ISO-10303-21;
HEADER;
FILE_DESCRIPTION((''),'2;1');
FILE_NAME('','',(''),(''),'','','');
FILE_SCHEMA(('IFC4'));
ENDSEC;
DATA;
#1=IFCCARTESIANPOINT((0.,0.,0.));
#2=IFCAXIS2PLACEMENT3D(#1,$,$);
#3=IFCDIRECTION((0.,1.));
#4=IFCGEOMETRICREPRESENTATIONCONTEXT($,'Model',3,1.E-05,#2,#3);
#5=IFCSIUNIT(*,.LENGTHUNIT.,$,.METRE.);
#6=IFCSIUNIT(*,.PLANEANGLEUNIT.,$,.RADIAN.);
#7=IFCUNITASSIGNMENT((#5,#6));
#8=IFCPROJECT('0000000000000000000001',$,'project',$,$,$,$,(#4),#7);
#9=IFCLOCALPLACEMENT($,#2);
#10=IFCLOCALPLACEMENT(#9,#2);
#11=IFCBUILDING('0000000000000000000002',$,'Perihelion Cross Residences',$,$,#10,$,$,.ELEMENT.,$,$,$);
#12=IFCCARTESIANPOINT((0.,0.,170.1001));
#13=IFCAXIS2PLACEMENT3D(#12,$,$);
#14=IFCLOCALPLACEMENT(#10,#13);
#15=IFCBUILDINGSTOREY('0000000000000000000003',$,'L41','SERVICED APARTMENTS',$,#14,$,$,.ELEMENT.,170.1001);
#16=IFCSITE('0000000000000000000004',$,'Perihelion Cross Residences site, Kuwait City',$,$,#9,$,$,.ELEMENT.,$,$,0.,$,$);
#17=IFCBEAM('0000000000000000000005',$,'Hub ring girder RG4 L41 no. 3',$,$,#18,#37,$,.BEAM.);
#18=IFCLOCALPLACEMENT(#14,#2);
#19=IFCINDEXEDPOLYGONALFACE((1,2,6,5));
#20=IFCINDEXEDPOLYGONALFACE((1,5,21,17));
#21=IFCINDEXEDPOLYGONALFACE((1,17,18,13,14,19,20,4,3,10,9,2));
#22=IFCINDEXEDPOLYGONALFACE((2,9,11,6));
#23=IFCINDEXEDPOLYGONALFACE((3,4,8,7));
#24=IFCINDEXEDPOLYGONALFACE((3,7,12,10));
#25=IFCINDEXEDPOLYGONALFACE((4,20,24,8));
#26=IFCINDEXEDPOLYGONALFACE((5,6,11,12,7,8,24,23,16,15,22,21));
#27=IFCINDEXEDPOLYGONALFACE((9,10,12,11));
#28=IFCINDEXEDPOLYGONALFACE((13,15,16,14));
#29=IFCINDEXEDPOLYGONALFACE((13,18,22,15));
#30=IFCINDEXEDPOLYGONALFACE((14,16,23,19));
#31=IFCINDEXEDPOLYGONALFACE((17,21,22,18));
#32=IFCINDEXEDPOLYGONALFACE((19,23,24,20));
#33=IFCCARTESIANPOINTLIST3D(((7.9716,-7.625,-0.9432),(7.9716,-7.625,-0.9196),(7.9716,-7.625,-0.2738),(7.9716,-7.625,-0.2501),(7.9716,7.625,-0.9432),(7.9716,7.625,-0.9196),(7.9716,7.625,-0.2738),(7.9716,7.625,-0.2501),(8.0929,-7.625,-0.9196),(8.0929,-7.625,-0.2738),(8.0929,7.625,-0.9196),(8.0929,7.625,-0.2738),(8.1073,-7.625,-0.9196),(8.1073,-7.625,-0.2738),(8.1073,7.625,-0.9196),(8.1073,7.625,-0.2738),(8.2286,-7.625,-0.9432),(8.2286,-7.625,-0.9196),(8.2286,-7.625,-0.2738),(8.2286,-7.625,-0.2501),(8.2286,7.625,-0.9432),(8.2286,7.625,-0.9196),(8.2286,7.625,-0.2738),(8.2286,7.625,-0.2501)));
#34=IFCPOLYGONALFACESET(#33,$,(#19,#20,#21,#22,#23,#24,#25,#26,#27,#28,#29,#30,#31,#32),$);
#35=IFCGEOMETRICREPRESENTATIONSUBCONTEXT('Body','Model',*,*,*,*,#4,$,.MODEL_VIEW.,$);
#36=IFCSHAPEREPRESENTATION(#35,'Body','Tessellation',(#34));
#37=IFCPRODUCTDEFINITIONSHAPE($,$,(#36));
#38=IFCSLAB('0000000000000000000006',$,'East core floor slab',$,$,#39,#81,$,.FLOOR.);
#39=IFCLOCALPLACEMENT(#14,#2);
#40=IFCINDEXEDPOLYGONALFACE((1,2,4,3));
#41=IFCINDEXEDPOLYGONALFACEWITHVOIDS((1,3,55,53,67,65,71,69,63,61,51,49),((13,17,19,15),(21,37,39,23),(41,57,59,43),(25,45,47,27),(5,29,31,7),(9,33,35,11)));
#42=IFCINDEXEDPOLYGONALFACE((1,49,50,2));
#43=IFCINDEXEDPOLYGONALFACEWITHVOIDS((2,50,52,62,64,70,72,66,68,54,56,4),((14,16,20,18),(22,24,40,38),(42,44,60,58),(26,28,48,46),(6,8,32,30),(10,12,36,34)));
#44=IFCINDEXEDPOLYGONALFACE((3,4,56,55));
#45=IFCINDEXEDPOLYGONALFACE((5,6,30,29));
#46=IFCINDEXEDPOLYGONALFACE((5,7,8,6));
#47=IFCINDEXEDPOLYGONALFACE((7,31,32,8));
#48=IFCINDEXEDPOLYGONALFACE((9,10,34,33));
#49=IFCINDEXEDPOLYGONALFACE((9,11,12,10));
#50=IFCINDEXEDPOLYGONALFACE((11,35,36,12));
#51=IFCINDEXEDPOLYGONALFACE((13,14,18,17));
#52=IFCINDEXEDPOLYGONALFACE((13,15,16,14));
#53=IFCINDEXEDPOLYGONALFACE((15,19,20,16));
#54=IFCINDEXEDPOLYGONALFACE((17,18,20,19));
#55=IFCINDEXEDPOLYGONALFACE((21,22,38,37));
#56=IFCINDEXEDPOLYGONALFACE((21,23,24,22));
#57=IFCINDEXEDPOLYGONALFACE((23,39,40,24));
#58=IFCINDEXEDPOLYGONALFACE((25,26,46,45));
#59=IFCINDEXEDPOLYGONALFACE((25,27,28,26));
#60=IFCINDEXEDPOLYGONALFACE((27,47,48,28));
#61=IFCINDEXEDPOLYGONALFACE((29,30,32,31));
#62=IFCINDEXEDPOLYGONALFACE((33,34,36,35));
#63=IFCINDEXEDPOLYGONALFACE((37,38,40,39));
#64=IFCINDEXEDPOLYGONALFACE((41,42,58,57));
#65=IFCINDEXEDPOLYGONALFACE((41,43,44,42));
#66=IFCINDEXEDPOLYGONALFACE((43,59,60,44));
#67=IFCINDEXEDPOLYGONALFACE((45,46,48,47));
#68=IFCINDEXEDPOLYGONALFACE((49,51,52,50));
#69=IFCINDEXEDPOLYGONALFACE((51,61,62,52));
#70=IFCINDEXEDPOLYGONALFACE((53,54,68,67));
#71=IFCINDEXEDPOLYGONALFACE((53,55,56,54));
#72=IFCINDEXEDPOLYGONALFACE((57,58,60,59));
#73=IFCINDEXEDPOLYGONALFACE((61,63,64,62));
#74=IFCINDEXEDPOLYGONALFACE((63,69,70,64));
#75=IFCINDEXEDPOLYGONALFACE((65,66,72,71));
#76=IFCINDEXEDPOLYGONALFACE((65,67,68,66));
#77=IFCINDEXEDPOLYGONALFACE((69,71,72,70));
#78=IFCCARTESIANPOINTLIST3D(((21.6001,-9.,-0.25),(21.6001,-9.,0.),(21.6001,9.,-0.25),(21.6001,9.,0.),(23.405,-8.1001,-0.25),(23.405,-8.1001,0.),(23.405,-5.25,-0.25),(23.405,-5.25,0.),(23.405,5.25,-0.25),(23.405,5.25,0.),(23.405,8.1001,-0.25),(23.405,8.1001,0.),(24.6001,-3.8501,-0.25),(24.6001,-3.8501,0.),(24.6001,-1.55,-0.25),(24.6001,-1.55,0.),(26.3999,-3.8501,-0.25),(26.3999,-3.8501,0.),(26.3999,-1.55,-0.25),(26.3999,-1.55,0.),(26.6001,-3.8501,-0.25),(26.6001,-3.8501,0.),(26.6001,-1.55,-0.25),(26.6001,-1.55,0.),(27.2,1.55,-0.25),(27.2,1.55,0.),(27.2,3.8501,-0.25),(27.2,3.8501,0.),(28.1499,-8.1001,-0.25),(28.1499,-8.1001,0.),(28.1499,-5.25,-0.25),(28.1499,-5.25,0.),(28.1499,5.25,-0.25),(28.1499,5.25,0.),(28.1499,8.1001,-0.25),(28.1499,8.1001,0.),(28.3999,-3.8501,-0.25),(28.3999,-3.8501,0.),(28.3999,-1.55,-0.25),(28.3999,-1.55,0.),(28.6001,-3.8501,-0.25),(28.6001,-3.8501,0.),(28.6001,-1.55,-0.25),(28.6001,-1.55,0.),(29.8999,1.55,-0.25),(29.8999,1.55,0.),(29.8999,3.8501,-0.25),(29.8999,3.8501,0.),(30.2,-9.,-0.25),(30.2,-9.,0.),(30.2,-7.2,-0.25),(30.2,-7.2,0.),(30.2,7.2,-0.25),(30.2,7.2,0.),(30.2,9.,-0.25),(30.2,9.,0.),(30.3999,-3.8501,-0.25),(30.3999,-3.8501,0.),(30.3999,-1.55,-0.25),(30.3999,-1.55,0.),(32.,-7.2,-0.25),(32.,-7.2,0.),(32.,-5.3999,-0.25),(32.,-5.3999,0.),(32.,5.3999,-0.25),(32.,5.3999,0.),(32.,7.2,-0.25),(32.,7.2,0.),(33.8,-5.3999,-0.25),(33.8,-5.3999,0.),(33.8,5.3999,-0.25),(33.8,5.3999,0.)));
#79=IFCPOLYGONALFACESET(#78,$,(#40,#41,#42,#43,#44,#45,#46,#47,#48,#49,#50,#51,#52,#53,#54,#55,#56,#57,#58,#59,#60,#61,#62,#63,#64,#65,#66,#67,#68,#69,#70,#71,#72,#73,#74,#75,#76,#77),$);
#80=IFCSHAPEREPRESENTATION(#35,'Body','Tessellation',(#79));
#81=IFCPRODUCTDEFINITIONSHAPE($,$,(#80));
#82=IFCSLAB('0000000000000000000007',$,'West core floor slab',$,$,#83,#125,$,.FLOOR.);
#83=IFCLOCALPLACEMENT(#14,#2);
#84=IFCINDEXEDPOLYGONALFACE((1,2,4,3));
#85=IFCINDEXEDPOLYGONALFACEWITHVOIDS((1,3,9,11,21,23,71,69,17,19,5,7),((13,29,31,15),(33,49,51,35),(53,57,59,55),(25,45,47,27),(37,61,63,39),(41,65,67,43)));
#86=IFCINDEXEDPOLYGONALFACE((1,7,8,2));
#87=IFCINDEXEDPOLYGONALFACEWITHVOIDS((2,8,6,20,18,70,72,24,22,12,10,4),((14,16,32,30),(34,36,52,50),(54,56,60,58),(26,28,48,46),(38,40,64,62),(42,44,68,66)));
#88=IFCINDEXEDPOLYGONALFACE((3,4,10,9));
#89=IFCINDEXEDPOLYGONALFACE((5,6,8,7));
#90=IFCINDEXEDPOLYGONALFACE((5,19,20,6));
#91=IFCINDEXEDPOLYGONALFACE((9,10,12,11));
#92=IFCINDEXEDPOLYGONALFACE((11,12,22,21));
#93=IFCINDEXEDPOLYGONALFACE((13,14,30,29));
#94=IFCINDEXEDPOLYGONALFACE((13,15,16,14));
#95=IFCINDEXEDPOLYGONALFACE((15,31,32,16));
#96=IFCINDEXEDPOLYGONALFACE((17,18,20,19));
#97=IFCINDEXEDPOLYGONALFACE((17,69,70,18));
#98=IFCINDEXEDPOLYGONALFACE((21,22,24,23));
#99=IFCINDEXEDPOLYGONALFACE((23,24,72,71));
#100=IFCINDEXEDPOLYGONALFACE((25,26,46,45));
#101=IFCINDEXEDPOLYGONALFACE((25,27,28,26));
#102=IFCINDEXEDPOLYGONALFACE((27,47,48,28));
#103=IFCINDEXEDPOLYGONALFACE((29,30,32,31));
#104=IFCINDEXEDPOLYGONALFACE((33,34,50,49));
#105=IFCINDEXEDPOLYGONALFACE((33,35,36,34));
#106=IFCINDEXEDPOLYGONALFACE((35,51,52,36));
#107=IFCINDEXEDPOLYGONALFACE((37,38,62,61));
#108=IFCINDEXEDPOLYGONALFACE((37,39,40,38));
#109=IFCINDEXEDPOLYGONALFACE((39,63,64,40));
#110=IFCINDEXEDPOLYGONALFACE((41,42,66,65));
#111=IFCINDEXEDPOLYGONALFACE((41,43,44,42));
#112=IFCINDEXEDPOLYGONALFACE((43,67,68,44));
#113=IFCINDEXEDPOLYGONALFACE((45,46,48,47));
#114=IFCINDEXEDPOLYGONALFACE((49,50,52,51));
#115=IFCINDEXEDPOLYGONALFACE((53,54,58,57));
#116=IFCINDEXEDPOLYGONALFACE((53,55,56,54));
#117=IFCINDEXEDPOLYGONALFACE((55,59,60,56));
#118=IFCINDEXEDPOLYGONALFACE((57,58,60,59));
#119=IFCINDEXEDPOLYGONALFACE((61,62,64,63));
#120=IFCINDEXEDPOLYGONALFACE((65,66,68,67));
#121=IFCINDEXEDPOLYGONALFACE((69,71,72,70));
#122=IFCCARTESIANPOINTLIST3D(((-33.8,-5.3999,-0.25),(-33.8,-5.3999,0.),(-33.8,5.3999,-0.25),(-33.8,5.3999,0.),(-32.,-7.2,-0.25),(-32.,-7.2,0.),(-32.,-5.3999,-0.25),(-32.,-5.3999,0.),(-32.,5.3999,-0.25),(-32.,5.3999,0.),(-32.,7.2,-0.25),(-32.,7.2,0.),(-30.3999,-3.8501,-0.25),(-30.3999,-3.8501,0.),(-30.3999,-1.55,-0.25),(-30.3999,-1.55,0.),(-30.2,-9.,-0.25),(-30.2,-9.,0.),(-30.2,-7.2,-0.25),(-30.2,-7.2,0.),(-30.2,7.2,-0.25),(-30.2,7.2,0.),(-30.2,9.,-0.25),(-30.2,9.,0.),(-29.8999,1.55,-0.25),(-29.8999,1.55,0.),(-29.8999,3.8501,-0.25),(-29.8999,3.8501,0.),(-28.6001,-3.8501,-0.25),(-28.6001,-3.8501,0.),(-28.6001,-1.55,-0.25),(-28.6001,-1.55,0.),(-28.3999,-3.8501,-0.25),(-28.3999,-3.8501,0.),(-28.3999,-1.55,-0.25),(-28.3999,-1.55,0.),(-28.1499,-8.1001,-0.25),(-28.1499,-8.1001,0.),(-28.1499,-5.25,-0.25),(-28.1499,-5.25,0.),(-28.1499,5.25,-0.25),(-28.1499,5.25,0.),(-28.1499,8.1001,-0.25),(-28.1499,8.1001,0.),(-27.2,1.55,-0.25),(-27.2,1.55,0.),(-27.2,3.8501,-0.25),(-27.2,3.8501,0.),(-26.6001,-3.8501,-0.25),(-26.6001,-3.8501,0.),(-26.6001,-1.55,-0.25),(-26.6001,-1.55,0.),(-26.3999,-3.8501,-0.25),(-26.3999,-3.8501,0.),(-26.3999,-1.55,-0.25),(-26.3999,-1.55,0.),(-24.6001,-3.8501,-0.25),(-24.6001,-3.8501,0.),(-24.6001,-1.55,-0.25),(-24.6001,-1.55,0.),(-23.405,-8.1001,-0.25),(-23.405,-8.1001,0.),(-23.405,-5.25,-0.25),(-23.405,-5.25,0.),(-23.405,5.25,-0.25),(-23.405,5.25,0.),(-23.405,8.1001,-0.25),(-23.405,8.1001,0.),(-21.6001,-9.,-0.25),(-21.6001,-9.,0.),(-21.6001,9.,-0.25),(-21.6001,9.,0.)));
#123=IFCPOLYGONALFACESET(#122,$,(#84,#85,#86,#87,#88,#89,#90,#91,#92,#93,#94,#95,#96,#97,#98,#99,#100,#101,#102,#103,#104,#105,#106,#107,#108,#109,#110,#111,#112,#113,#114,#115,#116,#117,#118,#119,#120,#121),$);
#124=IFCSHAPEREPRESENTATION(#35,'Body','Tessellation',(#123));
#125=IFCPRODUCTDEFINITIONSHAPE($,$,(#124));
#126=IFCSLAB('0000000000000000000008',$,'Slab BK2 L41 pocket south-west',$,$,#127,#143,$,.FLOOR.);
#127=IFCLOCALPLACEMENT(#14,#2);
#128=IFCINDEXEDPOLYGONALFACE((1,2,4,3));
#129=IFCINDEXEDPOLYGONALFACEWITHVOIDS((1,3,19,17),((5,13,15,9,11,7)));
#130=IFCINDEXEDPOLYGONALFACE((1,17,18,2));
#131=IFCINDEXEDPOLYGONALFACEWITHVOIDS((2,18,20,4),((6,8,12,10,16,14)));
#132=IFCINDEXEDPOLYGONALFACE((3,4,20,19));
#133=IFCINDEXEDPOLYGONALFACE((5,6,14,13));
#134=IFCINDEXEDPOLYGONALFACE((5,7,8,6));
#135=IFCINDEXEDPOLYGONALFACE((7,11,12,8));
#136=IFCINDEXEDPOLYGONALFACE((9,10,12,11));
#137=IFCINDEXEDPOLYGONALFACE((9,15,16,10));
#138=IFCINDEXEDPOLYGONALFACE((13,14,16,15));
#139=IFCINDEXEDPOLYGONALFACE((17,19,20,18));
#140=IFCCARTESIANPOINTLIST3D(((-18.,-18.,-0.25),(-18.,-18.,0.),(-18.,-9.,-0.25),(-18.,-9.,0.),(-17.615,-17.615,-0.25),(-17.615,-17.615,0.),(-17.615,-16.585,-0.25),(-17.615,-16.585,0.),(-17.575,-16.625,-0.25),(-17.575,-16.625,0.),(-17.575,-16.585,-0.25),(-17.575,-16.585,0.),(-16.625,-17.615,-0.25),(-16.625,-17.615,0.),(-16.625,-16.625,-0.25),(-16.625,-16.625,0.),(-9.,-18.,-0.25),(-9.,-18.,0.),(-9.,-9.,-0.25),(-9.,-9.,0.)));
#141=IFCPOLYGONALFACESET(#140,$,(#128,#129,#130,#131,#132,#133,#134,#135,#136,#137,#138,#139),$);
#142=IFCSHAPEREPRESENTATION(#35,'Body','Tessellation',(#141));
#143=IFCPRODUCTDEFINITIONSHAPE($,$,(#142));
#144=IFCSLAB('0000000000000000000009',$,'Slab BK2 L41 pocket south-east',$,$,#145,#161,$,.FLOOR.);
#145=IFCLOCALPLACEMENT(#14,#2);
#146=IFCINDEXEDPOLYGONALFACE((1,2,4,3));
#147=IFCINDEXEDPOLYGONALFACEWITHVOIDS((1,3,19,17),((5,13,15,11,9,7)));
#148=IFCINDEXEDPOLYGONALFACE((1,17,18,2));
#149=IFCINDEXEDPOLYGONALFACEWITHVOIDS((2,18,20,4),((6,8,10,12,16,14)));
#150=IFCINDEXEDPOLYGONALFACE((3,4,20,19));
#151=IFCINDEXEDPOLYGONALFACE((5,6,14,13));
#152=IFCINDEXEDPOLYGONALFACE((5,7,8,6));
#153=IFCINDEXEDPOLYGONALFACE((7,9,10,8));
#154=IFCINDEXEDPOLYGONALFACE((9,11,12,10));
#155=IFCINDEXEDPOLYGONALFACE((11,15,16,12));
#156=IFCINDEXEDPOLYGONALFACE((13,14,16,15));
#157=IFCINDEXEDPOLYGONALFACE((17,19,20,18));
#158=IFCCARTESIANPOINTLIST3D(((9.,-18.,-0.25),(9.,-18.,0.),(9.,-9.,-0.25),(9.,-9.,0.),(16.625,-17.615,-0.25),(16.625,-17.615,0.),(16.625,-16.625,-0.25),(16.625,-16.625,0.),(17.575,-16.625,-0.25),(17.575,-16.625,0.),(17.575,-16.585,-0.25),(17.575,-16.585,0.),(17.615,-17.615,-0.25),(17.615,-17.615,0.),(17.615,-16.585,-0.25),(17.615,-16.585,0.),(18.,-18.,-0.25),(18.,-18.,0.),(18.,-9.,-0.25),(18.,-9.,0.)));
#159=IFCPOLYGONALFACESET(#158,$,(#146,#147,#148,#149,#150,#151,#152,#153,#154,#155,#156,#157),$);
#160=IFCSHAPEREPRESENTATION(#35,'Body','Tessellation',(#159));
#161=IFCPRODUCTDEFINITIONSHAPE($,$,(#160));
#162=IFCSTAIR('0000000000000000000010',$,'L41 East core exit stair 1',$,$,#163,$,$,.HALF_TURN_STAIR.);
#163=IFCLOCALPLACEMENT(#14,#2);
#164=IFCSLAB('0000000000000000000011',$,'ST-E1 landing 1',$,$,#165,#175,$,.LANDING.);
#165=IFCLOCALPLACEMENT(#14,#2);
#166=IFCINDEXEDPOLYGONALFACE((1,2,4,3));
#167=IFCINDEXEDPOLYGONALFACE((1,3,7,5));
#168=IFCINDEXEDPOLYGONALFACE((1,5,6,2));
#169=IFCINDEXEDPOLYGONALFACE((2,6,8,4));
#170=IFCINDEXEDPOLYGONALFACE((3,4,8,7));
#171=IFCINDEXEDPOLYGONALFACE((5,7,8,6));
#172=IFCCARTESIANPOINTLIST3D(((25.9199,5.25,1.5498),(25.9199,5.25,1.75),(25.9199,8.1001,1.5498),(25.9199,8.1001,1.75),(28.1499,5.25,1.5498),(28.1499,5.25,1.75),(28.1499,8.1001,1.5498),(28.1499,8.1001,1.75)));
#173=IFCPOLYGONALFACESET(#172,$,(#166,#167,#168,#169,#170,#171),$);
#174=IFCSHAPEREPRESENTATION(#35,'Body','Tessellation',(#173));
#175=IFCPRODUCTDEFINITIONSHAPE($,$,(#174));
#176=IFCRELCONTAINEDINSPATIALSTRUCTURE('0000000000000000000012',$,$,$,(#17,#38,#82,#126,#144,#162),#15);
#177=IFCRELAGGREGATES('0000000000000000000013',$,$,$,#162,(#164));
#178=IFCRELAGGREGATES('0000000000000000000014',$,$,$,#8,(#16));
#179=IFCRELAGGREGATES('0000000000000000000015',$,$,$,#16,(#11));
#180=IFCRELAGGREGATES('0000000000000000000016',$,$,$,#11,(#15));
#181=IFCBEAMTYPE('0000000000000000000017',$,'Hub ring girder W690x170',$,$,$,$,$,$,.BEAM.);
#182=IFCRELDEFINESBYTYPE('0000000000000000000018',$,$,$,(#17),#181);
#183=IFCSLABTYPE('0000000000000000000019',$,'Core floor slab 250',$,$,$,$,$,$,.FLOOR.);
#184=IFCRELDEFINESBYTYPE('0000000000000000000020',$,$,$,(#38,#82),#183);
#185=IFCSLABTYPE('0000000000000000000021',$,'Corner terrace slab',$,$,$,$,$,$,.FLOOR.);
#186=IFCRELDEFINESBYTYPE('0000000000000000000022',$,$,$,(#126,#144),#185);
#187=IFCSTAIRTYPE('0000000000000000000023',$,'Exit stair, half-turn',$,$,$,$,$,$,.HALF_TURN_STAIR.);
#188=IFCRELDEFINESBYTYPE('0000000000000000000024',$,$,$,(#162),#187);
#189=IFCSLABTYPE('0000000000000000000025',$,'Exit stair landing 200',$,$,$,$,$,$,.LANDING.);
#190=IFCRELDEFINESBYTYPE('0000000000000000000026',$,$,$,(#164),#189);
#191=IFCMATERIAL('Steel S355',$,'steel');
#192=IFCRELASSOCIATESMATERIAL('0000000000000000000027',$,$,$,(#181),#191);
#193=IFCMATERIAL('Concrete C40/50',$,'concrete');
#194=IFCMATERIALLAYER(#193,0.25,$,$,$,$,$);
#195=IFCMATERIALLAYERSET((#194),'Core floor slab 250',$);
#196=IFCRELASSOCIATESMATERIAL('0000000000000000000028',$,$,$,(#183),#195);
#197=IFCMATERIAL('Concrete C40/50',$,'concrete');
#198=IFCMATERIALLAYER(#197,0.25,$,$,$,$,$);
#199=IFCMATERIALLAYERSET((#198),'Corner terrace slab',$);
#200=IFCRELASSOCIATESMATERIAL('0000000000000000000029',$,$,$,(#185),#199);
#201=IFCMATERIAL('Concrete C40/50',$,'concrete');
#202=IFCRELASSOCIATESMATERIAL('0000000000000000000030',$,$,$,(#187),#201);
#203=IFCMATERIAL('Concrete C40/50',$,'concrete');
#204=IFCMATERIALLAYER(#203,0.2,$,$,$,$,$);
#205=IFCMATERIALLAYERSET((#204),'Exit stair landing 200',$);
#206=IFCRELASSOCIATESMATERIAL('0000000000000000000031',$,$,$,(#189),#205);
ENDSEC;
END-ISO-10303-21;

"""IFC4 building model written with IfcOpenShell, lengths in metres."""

from ifc_helpers import new_model, si_unit, direction, frame, origin, origin_2d, place, context, subcontext, project, spatial, polyline, i_section, outline, extrude, material, layer, layer_set, material_profile, profile_set, type_object, element, aggregate, save


model = new_model("IFC4")

# Units and contexts
model_context = context("Model", 3, precision=1e-05, world=origin(), true_north=direction((0.0, 1.0)))
body_context = subcontext(model_context, "Body", "Model", "MODEL_VIEW")
ifc_project = project(units=[si_unit("LENGTHUNIT", "METRE"), si_unit("PLANEANGLEUNIT", "RADIAN")], contexts=[model_context])

# Site, building, storey
site_placement = place(None, origin())
site = spatial("IfcSite", under=ifc_project, at=site_placement, Name="Perihelion Cross Residences site, Kuwait City", CompositionType="ELEMENT", RefElevation=0.0)
building_placement = place(site_placement, origin())
building = spatial("IfcBuilding", under=site, at=building_placement, Name="Perihelion Cross Residences", CompositionType="ELEMENT")
storey_placement = place(building_placement, frame((0.0, 0.0, 170.1001)))
storey = spatial("IfcBuildingStorey", under=building, at=storey_placement, Name="L41", Description="SERVICED APARTMENTS", CompositionType="ELEMENT", Elevation=170.1001)

# Beam
ifc_material_1 = material(Name="Steel S355", Category="steel")
ifc_material_profile = material_profile(ifc_material_1, i_section(OverallWidth=0.2571, OverallDepth=0.6931, WebThickness=0.0144, FlangeThickness=0.0237, at=origin_2d()), Name="W690x170")
ifc_profile_set = profile_set([ifc_material_profile], Name="Steel S355")
beam_type = type_object("IfcBeamType", Name="Hub ring girder W690x170", PredefinedType="BEAM", material=ifc_profile_set)
beam_placement = place(storey_placement, frame((8.1001, -7.625, -0.5967), z_axis=(0.0, 1.0, 0.0), x_axis=(-1.0, 0.0, 0.0)))
element("IfcBeam", 1, at=beam_placement, inside=storey, type_object=beam_type, Name="Hub ring girder RG4 L41 no. 3", PredefinedType="BEAM", context=body_context, shape_type="SweptSolid", body=[
    extrude(i_section(OverallWidth=0.2571, OverallDepth=0.6931, WebThickness=0.0144, FlangeThickness=0.0237, at=origin_2d()), origin(), (0.0, 0.0, 1.0), 15.25),
])

# Slabs
ifc_material_2 = material(Name="Concrete C40/50", Category="concrete")
ifc_layer_1 = layer(ifc_material_2, 0.25)
ifc_layer_set_1 = layer_set([ifc_layer_1], Name="Core floor slab 250")
slab_type_1 = type_object("IfcSlabType", Name="Core floor slab 250", PredefinedType="FLOOR", material=ifc_layer_set_1)
slab_1_placement = place(storey_placement, frame((0.0, 0.0, -0.25)))
element("IfcSlab", 2, at=slab_1_placement, inside=storey, type_object=slab_type_1, Name="East core floor slab", PredefinedType="FLOOR", context=body_context, shape_type="SweptSolid", body=[
    extrude(outline(polyline([(30.2, 7.2), (32.0, 7.2), (32.0, 5.3999), (33.8, 5.3999), (33.8, -5.3999), (32.0, -5.3999), (32.0, -7.2), (30.2, -7.2), (30.2, -9.0), (21.6001, -9.0), (21.6001, 9.0), (30.2, 9.0), (30.2, 7.2)]), holes=[polyline([(28.1499, -8.1001), (28.1499, -5.25), (23.405, -5.25), (23.405, -8.1001), (28.1499, -8.1001)]), polyline([(24.6001, -1.55), (24.6001, -3.8501), (26.3999, -3.8501), (26.3999, -1.55), (24.6001, -1.55)]), polyline([(26.6001, -1.55), (26.6001, -3.8501), (28.3999, -3.8501), (28.3999, -1.55), (26.6001, -1.55)]), polyline([(28.6001, -3.8501), (30.3999, -3.8501), (30.3999, -1.55), (28.6001, -1.55), (28.6001, -3.8501)]), polyline([(27.2, 3.8501), (27.2, 1.55), (29.8999, 1.55), (29.8999, 3.8501), (27.2, 3.8501)]), polyline([(23.405, 5.25), (28.1499, 5.25), (28.1499, 8.1001), (23.405, 8.1001), (23.405, 5.25)])]), origin(), (0.0, 0.0, 1.0), 0.25),
])
slab_2_placement = place(storey_placement, frame((0.0, 0.0, -0.25)))
element("IfcSlab", 3, at=slab_2_placement, inside=storey, type_object=slab_type_1, Name="West core floor slab", PredefinedType="FLOOR", context=body_context, shape_type="SweptSolid", body=[
    extrude(outline(polyline([(-30.2, 7.2), (-32.0, 7.2), (-32.0, 5.3999), (-33.8, 5.3999), (-33.8, -5.3999), (-32.0, -5.3999), (-32.0, -7.2), (-30.2, -7.2), (-30.2, -9.0), (-21.6001, -9.0), (-21.6001, 9.0), (-30.2, 9.0), (-30.2, 7.2)]), holes=[polyline([(-28.1499, -8.1001), (-28.1499, -5.25), (-23.405, -5.25), (-23.405, -8.1001), (-28.1499, -8.1001)]), polyline([(-24.6001, -1.55), (-24.6001, -3.8501), (-26.3999, -3.8501), (-26.3999, -1.55), (-24.6001, -1.55)]), polyline([(-26.6001, -1.55), (-26.6001, -3.8501), (-28.3999, -3.8501), (-28.3999, -1.55), (-26.6001, -1.55)]), polyline([(-28.6001, -3.8501), (-30.3999, -3.8501), (-30.3999, -1.55), (-28.6001, -1.55), (-28.6001, -3.8501)]), polyline([(-27.2, 3.8501), (-27.2, 1.55), (-29.8999, 1.55), (-29.8999, 3.8501), (-27.2, 3.8501)]), polyline([(-23.405, 5.25), (-28.1499, 5.25), (-28.1499, 8.1001), (-23.405, 8.1001), (-23.405, 5.25)])]), origin(), (0.0, 0.0, 1.0), 0.25),
])
ifc_material_3 = material(Name="Concrete C40/50", Category="concrete")
ifc_layer_2 = layer(ifc_material_3, 0.25)
ifc_layer_set_2 = layer_set([ifc_layer_2], Name="Corner terrace slab")
slab_type_2 = type_object("IfcSlabType", Name="Corner terrace slab", PredefinedType="FLOOR", material=ifc_layer_set_2)
slab_3_placement = place(storey_placement, frame((0.0, 0.0, -0.25)))
element("IfcSlab", 4, at=slab_3_placement, inside=storey, type_object=slab_type_2, Name="Slab BK2 L41 pocket south-west", PredefinedType="FLOOR", context=body_context, shape_type="SweptSolid", body=[
    extrude(outline(polyline([(-9.0, -18.0), (-9.0, -9.0), (-18.0, -9.0), (-18.0, -18.0), (-9.0, -18.0)]), holes=[polyline([(-16.625, -17.615), (-17.615, -17.615), (-17.615, -16.585), (-17.575, -16.585), (-17.575, -16.625), (-16.625, -16.625), (-16.625, -17.615)])]), origin(), (0.0, 0.0, 1.0), 0.25),
])
slab_4_placement = place(storey_placement, frame((0.0, 0.0, -0.25)))
element("IfcSlab", 5, at=slab_4_placement, inside=storey, type_object=slab_type_2, Name="Slab BK2 L41 pocket south-east", PredefinedType="FLOOR", context=body_context, shape_type="SweptSolid", body=[
    extrude(outline(polyline([(18.0, -18.0), (18.0, -9.0), (9.0, -9.0), (9.0, -18.0), (18.0, -18.0)]), holes=[polyline([(16.625, -17.615), (16.625, -16.625), (17.575, -16.625), (17.575, -16.585), (17.615, -16.585), (17.615, -17.615), (16.625, -17.615)])]), origin(), (0.0, 0.0, 1.0), 0.25),
])

# Stair, slab
ifc_material_4 = material(Name="Concrete C40/50", Category="concrete")
stair_type = type_object("IfcStairType", Name="Exit stair, half-turn", PredefinedType="HALF_TURN_STAIR", material=ifc_material_4)
stair_1_placement = place(storey_placement, origin())
stair_1 = element("IfcStair", 6, at=stair_1_placement, inside=storey, type_object=stair_type, Name="L41 East core exit stair 1", PredefinedType="HALF_TURN_STAIR")
ifc_material_5 = material(Name="Concrete C40/50", Category="concrete")
ifc_layer_3 = layer(ifc_material_5, 0.2)
ifc_layer_set_3 = layer_set([ifc_layer_3], Name="Exit stair landing 200")
slab_type_3 = type_object("IfcSlabType", Name="Exit stair landing 200", PredefinedType="LANDING", material=ifc_layer_set_3)
slab_5_placement = place(storey_placement, frame((0.0, 0.0, 1.5498)))
slab_5 = element("IfcSlab", 7, at=slab_5_placement, type_object=slab_type_3, Name="ST-E1 landing 1", PredefinedType="LANDING", context=body_context, shape_type="SweptSolid", body=[
    extrude(outline(polyline([(25.9199, 5.25), (28.1499, 5.25), (28.1499, 8.1001), (25.9199, 8.1001), (25.9199, 5.25)])), origin(), (0.0, 0.0, 1.0), 0.2002),
])
aggregate(stair_1, [slab_5])

save(model, "model.ifc")
